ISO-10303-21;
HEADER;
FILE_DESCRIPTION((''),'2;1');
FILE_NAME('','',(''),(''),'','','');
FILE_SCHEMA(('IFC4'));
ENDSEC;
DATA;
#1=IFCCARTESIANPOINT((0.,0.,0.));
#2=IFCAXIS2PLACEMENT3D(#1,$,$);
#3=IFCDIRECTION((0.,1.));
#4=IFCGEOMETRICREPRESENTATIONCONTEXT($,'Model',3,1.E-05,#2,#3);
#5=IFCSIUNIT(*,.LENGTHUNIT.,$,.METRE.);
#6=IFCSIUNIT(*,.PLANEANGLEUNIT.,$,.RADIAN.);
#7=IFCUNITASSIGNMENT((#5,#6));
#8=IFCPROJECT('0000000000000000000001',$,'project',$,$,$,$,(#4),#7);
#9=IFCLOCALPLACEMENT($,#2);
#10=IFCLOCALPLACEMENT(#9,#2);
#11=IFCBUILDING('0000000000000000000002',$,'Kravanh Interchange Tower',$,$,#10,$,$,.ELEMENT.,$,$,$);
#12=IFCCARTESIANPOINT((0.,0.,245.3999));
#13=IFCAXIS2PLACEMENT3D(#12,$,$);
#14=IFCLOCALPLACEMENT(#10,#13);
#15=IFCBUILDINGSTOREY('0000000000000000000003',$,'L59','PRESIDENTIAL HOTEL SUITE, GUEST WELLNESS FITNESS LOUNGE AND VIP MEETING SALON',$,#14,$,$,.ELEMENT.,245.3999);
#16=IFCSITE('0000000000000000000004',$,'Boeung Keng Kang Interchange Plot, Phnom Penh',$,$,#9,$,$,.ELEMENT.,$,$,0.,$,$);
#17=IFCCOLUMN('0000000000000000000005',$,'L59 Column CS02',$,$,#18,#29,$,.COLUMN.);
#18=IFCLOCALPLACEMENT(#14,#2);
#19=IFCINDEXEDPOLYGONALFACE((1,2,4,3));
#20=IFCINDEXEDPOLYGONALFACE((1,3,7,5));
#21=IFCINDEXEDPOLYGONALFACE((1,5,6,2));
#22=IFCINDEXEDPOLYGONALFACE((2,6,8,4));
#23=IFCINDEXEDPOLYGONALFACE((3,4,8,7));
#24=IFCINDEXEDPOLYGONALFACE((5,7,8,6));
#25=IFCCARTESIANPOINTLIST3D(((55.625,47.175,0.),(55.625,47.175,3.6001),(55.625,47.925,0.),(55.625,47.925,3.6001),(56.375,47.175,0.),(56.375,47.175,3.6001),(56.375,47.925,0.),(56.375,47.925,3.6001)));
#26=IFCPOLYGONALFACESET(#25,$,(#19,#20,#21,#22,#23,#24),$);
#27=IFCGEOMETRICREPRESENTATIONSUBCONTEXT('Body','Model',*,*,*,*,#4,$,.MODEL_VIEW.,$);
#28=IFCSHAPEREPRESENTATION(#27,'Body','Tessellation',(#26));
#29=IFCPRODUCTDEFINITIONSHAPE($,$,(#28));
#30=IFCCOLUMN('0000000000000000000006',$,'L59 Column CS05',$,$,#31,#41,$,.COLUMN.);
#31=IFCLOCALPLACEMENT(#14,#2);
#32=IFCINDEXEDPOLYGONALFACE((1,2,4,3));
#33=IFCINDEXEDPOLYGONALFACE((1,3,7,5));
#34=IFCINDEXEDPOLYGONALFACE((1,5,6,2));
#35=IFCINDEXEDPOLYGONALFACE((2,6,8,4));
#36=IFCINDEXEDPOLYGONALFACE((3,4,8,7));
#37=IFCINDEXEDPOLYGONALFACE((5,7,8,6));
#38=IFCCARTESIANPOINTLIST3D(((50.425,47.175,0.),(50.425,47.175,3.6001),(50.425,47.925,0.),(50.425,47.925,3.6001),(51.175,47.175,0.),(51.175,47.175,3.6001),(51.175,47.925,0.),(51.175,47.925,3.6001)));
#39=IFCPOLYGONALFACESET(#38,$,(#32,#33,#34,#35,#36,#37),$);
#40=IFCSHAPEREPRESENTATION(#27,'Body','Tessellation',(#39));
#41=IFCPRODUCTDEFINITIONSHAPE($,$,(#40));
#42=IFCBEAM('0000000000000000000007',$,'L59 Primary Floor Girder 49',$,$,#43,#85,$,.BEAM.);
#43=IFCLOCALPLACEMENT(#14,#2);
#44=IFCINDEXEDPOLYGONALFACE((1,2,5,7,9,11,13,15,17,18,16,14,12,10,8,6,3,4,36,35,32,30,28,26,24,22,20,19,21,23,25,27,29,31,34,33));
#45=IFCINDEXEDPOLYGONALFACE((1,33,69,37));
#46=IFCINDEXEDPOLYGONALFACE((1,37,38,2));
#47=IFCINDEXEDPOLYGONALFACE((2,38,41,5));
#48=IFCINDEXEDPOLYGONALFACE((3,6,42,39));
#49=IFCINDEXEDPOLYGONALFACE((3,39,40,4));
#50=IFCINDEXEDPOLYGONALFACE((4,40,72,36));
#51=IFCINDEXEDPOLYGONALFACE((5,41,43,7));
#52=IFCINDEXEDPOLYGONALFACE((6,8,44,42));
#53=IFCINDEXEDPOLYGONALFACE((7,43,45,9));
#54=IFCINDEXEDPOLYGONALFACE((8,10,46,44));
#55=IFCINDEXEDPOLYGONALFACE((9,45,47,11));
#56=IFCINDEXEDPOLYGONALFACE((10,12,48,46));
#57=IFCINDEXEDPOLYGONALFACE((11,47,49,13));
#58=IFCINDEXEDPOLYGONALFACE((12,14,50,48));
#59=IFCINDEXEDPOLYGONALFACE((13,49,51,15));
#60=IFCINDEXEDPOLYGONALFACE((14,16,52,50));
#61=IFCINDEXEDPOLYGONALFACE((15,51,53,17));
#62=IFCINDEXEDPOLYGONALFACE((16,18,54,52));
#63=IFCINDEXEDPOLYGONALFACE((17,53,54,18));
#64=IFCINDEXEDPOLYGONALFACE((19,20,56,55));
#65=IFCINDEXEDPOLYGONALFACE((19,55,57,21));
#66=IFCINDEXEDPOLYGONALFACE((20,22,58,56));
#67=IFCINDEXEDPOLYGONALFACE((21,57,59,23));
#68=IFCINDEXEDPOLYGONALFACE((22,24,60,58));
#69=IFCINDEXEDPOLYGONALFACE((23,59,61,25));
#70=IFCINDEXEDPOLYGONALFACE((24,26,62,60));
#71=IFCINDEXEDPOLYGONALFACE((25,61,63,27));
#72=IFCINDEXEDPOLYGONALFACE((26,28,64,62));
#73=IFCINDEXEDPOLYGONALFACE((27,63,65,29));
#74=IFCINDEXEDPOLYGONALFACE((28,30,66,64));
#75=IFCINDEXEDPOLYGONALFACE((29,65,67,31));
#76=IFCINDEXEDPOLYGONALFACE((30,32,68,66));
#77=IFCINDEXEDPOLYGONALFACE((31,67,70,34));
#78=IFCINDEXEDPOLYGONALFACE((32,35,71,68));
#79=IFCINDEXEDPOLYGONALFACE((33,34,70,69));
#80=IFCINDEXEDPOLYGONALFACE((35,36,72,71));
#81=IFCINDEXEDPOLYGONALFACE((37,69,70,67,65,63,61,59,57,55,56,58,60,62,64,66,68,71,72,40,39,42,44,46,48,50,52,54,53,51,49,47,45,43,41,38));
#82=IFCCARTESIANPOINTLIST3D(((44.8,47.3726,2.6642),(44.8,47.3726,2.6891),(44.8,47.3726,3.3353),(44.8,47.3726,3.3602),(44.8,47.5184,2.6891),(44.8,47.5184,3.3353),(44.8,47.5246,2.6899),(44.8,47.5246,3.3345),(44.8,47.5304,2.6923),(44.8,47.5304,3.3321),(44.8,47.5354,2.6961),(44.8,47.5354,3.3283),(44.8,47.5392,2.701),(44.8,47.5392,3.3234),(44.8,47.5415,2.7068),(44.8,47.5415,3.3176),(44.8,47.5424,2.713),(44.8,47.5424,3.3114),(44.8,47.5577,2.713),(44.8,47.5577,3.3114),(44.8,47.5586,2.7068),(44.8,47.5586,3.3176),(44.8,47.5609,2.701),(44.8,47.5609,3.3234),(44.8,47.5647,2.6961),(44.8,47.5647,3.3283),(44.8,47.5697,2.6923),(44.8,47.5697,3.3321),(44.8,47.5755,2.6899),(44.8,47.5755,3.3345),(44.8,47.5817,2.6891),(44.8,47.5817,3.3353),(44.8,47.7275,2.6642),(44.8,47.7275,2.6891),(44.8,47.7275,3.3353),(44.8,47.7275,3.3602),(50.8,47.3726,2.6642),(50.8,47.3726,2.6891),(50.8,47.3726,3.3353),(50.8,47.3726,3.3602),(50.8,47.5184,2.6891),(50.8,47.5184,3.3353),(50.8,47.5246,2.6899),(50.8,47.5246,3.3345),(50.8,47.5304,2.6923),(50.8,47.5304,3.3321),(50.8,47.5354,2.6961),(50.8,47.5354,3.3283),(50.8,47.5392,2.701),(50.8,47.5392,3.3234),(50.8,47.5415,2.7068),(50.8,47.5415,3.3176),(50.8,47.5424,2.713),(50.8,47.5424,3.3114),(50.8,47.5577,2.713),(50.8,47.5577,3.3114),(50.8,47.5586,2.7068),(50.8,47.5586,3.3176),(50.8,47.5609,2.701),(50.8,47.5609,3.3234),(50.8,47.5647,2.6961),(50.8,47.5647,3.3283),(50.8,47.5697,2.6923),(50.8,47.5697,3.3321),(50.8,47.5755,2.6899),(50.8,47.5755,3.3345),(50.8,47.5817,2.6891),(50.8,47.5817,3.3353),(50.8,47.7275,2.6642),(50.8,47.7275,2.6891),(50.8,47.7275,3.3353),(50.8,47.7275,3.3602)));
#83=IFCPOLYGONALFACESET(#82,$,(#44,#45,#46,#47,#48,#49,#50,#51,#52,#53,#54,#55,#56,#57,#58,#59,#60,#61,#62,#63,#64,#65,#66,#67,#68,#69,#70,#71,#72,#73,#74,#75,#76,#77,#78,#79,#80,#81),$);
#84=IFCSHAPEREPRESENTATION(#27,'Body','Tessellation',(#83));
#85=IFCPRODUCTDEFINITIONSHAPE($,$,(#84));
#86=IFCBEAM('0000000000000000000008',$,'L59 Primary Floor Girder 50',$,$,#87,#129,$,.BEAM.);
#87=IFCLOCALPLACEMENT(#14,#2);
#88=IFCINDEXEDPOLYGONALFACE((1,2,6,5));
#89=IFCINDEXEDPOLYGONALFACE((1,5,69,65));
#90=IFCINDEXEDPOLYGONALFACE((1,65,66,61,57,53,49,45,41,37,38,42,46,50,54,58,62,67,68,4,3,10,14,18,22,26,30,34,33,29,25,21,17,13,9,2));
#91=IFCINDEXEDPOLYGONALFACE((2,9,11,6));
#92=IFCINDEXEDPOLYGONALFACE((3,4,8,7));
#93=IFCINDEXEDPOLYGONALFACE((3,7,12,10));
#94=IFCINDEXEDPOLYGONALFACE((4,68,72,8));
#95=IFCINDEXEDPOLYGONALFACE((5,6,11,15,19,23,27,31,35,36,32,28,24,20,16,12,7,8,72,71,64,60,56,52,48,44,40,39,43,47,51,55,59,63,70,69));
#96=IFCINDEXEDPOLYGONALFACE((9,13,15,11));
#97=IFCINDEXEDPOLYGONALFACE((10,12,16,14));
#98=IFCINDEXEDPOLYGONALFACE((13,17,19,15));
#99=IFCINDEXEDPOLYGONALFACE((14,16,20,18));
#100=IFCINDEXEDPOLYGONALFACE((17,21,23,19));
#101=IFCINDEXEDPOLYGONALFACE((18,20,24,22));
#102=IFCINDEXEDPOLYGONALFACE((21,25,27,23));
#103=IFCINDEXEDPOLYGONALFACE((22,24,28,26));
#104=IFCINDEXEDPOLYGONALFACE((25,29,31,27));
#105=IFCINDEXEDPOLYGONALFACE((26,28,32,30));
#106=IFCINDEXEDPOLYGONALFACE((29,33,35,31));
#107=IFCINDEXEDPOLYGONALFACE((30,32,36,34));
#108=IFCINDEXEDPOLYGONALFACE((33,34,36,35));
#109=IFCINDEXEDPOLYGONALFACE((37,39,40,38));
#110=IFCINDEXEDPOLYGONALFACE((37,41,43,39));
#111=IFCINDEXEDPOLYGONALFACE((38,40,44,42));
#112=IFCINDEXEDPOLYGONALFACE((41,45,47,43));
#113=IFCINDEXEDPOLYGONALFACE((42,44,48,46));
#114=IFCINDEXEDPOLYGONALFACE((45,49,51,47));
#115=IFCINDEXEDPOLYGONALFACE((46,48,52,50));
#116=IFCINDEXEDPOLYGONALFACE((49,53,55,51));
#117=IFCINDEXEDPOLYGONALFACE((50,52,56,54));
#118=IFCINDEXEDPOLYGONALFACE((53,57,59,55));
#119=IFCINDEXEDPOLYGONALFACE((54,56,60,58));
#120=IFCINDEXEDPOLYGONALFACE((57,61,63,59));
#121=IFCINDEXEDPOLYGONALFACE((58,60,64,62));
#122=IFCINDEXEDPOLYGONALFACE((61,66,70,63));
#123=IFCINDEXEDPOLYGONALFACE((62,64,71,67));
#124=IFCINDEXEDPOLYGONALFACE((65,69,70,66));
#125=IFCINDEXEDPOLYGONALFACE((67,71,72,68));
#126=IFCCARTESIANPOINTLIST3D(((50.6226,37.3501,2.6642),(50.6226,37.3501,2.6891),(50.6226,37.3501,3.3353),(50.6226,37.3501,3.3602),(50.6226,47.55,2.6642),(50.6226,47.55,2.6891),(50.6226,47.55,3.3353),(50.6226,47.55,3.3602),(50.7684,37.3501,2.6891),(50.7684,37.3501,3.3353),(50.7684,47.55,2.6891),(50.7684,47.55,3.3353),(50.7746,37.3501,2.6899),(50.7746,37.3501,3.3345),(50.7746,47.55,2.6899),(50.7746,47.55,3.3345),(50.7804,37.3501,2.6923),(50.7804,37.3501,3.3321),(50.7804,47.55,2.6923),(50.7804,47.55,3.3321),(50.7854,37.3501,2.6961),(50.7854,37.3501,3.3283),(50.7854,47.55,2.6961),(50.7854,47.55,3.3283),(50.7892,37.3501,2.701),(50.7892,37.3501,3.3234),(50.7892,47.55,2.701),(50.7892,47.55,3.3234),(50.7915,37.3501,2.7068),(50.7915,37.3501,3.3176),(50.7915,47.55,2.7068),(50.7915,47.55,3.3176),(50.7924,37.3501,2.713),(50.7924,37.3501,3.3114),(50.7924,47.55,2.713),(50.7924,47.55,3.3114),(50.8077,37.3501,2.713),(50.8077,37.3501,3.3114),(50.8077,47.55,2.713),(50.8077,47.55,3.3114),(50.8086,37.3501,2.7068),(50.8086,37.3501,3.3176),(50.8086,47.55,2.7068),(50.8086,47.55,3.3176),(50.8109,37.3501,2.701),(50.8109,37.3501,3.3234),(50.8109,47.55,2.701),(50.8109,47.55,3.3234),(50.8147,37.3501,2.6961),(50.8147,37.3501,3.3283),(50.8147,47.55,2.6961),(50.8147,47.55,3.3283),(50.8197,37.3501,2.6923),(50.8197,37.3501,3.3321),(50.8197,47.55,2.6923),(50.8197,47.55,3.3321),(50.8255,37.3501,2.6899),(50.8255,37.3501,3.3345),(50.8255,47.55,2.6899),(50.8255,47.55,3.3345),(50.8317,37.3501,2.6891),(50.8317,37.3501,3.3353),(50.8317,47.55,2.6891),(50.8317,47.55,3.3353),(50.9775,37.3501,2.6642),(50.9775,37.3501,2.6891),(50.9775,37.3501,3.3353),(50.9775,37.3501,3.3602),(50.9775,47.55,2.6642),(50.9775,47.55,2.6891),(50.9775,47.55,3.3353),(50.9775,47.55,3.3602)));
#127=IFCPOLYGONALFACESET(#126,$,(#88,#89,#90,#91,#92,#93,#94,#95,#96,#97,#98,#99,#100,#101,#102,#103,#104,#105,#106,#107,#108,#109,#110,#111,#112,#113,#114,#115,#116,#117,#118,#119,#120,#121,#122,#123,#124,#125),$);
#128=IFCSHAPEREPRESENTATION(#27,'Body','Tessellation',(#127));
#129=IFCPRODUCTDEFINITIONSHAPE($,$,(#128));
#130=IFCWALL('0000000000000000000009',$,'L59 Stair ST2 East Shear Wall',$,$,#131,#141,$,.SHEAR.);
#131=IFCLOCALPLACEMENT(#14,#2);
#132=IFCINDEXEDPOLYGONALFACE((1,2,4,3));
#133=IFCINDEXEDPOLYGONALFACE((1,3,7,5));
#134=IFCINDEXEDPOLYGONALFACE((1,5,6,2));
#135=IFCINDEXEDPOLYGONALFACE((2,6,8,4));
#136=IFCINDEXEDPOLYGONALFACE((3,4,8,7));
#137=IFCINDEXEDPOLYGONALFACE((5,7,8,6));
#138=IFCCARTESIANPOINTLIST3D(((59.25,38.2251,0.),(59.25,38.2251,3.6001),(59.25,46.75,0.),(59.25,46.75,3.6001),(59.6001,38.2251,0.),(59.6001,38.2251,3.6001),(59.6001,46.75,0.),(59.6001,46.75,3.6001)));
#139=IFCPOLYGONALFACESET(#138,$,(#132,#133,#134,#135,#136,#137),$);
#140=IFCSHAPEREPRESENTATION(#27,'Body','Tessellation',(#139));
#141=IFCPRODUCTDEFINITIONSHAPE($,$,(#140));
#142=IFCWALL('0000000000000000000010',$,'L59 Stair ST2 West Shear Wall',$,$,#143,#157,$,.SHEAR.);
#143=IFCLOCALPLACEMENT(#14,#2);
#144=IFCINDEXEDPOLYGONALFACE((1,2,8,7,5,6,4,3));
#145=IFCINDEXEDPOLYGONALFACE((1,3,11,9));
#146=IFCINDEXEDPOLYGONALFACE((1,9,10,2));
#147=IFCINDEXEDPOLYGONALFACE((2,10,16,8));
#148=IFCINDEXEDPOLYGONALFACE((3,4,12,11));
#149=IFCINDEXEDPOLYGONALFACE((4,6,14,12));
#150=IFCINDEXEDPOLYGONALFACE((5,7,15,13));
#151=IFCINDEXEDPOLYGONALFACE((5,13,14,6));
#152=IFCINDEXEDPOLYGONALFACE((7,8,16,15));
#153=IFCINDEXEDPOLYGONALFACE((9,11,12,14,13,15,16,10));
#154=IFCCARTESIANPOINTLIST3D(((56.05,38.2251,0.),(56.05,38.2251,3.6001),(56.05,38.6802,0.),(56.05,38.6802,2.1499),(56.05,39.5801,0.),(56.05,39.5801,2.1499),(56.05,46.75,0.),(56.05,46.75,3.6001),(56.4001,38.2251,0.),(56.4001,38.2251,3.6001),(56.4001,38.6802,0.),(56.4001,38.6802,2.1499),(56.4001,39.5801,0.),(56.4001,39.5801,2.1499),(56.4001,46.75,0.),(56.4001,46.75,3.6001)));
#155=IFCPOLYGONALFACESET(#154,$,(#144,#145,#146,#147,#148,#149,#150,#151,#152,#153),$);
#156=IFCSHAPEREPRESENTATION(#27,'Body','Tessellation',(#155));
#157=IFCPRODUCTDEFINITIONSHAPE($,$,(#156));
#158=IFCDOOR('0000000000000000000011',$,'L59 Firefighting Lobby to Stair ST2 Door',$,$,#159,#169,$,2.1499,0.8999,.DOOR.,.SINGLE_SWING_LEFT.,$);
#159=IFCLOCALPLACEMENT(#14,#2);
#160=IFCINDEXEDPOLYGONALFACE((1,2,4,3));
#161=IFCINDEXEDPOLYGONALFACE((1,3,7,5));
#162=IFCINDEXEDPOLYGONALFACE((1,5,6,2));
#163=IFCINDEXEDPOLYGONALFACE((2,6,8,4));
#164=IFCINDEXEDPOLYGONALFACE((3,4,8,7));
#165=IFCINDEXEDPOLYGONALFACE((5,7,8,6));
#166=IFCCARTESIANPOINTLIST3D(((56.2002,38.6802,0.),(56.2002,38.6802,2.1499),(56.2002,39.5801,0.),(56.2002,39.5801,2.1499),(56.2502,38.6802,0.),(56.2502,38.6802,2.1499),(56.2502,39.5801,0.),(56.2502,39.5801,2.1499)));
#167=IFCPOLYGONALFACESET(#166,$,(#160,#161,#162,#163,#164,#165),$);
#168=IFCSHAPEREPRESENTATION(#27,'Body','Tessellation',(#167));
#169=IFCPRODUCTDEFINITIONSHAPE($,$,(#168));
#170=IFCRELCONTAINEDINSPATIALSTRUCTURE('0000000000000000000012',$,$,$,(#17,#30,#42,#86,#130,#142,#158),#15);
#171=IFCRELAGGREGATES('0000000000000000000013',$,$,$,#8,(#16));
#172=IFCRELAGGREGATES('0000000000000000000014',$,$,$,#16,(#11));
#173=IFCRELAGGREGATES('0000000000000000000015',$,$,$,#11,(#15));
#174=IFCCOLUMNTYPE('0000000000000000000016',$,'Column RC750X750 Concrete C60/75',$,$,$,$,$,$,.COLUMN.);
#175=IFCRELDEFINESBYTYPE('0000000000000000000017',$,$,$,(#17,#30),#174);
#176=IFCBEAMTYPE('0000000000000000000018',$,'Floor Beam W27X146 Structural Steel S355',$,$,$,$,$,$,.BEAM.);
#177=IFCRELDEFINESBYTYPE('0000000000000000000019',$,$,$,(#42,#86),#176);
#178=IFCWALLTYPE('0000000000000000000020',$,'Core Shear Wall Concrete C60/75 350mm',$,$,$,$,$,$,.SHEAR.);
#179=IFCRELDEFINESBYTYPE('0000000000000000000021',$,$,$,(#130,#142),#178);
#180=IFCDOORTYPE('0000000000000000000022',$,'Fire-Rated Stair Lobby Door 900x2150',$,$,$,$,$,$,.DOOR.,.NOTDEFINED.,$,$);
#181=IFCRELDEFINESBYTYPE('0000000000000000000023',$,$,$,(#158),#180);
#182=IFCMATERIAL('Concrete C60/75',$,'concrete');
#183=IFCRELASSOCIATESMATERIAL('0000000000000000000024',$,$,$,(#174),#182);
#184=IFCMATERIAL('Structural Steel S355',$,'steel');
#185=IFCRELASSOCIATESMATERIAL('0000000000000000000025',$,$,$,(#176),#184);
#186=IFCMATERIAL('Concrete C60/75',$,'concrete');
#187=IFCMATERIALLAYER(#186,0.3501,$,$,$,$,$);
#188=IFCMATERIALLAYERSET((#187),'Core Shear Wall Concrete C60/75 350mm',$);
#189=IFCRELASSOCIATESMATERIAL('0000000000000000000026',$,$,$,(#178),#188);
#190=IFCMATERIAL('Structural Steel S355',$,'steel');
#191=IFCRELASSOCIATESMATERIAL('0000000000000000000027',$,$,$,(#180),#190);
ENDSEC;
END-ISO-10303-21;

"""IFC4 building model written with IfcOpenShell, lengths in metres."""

from ifc_helpers import new_model, si_unit, direction, frame, frame_2d, origin, origin_2d, place, context, subcontext, project, spatial, rectangle, i_section, extrude, material, layer, layer_set, material_profile, profile_set, type_object, element, fill, save


model = new_model("IFC4")

# Units and contexts
model_context = context("Model", 3, precision=1e-05, world=origin(), true_north=direction((0.0, 1.0)))
body_context = subcontext(model_context, "Body", "Model", "MODEL_VIEW")
ifc_project = project(units=[si_unit("LENGTHUNIT", "METRE"), si_unit("PLANEANGLEUNIT", "RADIAN")], contexts=[model_context])

# Site, building, storey
site_placement = place(None, origin())
site = spatial("IfcSite", under=ifc_project, at=site_placement, Name="Boeung Keng Kang Interchange Plot, Phnom Penh", CompositionType="ELEMENT", RefElevation=0.0)
building_placement = place(site_placement, origin())
building = spatial("IfcBuilding", under=site, at=building_placement, Name="Kravanh Interchange Tower", CompositionType="ELEMENT")
storey_placement = place(building_placement, frame((0.0, 0.0, 245.3999)))
storey = spatial("IfcBuildingStorey", under=building, at=storey_placement, Name="L59", Description="PRESIDENTIAL HOTEL SUITE, GUEST WELLNESS FITNESS LOUNGE AND VIP MEETING SALON", CompositionType="ELEMENT", Elevation=245.3999)

# Columns
ifc_material_1 = material(Name="Concrete C60/75", Category="concrete")
ifc_material_profile_1 = material_profile(ifc_material_1, rectangle(XDim=0.75, YDim=0.75, at=origin_2d()), Name="RC750X750")
ifc_profile_set_1 = profile_set([ifc_material_profile_1], Name="Concrete C60/75")
column_type = type_object("IfcColumnType", Name="Column RC750X750 Concrete C60/75", PredefinedType="COLUMN", material=ifc_profile_set_1)
for number, where, z_axis, x_axis, name in (
    (1, (56.0, 47.55, 0.0), (0.0, 0.0, 1.0), (1.0, 0.0, 0.0), "L59 Column CS02"),
    (2, (50.8, 47.55, 0.0), (0.0, 0.0, 1.0), (1.0, 0.0, 0.0), "L59 Column CS05"),
):
    element("IfcColumn", number, at=place(storey_placement, frame(where, z_axis=z_axis, x_axis=x_axis)), inside=storey, type_object=column_type, Name=name, PredefinedType="COLUMN", context=body_context, shape_type="SweptSolid", body=[
        extrude(rectangle(XDim=0.75, YDim=0.75, at=origin_2d()), origin(), (0.0, 0.0, 1.0), 3.6001),
    ])

# Beams
ifc_material_2 = material(Name="Structural Steel S355", Category="steel")
ifc_material_profile_2 = material_profile(ifc_material_2, i_section(OverallWidth=0.355, OverallDepth=0.696, WebThickness=0.0154, FlangeThickness=0.0249, FilletRadius=0.0239, at=origin_2d()), Name="W27X146")
ifc_profile_set_2 = profile_set([ifc_material_profile_2], Name="Structural Steel S355")
beam_type = type_object("IfcBeamType", Name="Floor Beam W27X146 Structural Steel S355", PredefinedType="BEAM", material=ifc_profile_set_2)
beam_1_placement = place(storey_placement, frame((50.8, 47.55, 3.0122), z_axis=(-1.0, 0.0, 0.0), x_axis=(0.0, -1.0, 0.0)))
element("IfcBeam", 3, at=beam_1_placement, inside=storey, type_object=beam_type, Name="L59 Primary Floor Girder 49", PredefinedType="BEAM", context=body_context, shape_type="SweptSolid", body=[
    extrude(i_section(OverallWidth=0.355, OverallDepth=0.696, WebThickness=0.0154, FlangeThickness=0.0249, FilletRadius=0.0239, at=origin_2d()), origin(), (0.0, 0.0, 1.0), 6.0),
])
beam_2_placement = place(storey_placement, frame((50.8, 47.55, 3.0122), z_axis=(0.0, -1.0, 0.0), x_axis=(1.0, 0.0, 0.0)))
element("IfcBeam", 4, at=beam_2_placement, inside=storey, type_object=beam_type, Name="L59 Primary Floor Girder 50", PredefinedType="BEAM", context=body_context, shape_type="SweptSolid", body=[
    extrude(i_section(OverallWidth=0.355, OverallDepth=0.696, WebThickness=0.0154, FlangeThickness=0.0249, FilletRadius=0.0239, at=origin_2d()), origin(), (0.0, 0.0, 1.0), 10.2),
])

# Wall
ifc_material_3 = material(Name="Concrete C60/75", Category="concrete")
ifc_layer_1 = layer(ifc_material_3, 0.3501)
ifc_layer_set_1 = layer_set([ifc_layer_1], Name="Core Shear Wall Concrete C60/75 350mm")
wall_type = type_object("IfcWallType", Name="Core Shear Wall Concrete C60/75 350mm", PredefinedType="SHEAR", material=ifc_layer_set_1)
wall_1_placement = place(storey_placement, frame((59.425, 38.2251, 0.0), z_axis=(0.0, 0.0, 1.0), x_axis=(0.0, 1.0, 0.0)))
element("IfcWall", 5, at=wall_1_placement, inside=storey, type_object=wall_type, Name="L59 Stair ST2 East Shear Wall", PredefinedType="SHEAR", context=body_context, shape_type="SweptSolid", body=[
    extrude(rectangle(XDim=8.5249, YDim=0.3501, at=frame_2d((4.2625, 0.0))), origin(), (0.0, 0.0, 1.0), 3.6001),
])

# Wall, opening, door
wall_2_placement = place(storey_placement, frame((56.2251, 38.2251, 0.0), z_axis=(0.0, 0.0, 1.0), x_axis=(0.0, 1.0, 0.0)))
wall_2 = element("IfcWall", 6, at=wall_2_placement, inside=storey, type_object=wall_type, Name="L59 Stair ST2 West Shear Wall", PredefinedType="SHEAR", context=body_context, shape_type="SweptSolid", body=[
    extrude(rectangle(XDim=8.5249, YDim=0.3501, at=frame_2d((4.2625, 0.0))), origin(), (0.0, 0.0, 1.0), 3.6001),
])
opening_1_placement = place(wall_2_placement, frame((0.4551, 0.0, 0.0)))
opening_1 = element("IfcOpeningElement", 7, at=opening_1_placement, cuts=wall_2, PredefinedType="OPENING", context=body_context, shape_type="SweptSolid", body=[
    extrude(rectangle(XDim=0.8999, YDim=2.1499, at=frame_2d((0.45, 1.075))), frame((0.0, 0.1851, 0.0), z_axis=(0.0, -1.0, 0.0), x_axis=(1.0, 0.0, 0.0)), (0.0, 0.0, 1.0), 0.3701),
])
ifc_material_4 = material(Name="Structural Steel S355", Category="steel")
door_type_1 = type_object("IfcDoorType", Name="Fire-Rated Stair Lobby Door 900x2150", OperationType="NOTDEFINED", PredefinedType="DOOR", material=ifc_material_4)
door_1_placement = place(opening_1_placement, origin())
door_1 = element("IfcDoor", 8, at=door_1_placement, inside=storey, type_object=door_type_1, Name="L59 Firefighting Lobby to Stair ST2 Door", OperationType="SINGLE_SWING_LEFT", OverallHeight=2.1499, OverallWidth=0.8999, PredefinedType="DOOR", context=body_context, shape_type="SweptSolid", body=[
    extrude(rectangle(XDim=0.8999, YDim=2.1499, at=frame_2d((0.45, 1.075))), frame((0.0, 0.0249, 0.0), z_axis=(0.0, -1.0, 0.0), x_axis=(1.0, 0.0, 0.0)), (0.0, 0.0, 1.0), 0.05),
])
fill(opening_1, door_1)

save(model, "model.ifc")
